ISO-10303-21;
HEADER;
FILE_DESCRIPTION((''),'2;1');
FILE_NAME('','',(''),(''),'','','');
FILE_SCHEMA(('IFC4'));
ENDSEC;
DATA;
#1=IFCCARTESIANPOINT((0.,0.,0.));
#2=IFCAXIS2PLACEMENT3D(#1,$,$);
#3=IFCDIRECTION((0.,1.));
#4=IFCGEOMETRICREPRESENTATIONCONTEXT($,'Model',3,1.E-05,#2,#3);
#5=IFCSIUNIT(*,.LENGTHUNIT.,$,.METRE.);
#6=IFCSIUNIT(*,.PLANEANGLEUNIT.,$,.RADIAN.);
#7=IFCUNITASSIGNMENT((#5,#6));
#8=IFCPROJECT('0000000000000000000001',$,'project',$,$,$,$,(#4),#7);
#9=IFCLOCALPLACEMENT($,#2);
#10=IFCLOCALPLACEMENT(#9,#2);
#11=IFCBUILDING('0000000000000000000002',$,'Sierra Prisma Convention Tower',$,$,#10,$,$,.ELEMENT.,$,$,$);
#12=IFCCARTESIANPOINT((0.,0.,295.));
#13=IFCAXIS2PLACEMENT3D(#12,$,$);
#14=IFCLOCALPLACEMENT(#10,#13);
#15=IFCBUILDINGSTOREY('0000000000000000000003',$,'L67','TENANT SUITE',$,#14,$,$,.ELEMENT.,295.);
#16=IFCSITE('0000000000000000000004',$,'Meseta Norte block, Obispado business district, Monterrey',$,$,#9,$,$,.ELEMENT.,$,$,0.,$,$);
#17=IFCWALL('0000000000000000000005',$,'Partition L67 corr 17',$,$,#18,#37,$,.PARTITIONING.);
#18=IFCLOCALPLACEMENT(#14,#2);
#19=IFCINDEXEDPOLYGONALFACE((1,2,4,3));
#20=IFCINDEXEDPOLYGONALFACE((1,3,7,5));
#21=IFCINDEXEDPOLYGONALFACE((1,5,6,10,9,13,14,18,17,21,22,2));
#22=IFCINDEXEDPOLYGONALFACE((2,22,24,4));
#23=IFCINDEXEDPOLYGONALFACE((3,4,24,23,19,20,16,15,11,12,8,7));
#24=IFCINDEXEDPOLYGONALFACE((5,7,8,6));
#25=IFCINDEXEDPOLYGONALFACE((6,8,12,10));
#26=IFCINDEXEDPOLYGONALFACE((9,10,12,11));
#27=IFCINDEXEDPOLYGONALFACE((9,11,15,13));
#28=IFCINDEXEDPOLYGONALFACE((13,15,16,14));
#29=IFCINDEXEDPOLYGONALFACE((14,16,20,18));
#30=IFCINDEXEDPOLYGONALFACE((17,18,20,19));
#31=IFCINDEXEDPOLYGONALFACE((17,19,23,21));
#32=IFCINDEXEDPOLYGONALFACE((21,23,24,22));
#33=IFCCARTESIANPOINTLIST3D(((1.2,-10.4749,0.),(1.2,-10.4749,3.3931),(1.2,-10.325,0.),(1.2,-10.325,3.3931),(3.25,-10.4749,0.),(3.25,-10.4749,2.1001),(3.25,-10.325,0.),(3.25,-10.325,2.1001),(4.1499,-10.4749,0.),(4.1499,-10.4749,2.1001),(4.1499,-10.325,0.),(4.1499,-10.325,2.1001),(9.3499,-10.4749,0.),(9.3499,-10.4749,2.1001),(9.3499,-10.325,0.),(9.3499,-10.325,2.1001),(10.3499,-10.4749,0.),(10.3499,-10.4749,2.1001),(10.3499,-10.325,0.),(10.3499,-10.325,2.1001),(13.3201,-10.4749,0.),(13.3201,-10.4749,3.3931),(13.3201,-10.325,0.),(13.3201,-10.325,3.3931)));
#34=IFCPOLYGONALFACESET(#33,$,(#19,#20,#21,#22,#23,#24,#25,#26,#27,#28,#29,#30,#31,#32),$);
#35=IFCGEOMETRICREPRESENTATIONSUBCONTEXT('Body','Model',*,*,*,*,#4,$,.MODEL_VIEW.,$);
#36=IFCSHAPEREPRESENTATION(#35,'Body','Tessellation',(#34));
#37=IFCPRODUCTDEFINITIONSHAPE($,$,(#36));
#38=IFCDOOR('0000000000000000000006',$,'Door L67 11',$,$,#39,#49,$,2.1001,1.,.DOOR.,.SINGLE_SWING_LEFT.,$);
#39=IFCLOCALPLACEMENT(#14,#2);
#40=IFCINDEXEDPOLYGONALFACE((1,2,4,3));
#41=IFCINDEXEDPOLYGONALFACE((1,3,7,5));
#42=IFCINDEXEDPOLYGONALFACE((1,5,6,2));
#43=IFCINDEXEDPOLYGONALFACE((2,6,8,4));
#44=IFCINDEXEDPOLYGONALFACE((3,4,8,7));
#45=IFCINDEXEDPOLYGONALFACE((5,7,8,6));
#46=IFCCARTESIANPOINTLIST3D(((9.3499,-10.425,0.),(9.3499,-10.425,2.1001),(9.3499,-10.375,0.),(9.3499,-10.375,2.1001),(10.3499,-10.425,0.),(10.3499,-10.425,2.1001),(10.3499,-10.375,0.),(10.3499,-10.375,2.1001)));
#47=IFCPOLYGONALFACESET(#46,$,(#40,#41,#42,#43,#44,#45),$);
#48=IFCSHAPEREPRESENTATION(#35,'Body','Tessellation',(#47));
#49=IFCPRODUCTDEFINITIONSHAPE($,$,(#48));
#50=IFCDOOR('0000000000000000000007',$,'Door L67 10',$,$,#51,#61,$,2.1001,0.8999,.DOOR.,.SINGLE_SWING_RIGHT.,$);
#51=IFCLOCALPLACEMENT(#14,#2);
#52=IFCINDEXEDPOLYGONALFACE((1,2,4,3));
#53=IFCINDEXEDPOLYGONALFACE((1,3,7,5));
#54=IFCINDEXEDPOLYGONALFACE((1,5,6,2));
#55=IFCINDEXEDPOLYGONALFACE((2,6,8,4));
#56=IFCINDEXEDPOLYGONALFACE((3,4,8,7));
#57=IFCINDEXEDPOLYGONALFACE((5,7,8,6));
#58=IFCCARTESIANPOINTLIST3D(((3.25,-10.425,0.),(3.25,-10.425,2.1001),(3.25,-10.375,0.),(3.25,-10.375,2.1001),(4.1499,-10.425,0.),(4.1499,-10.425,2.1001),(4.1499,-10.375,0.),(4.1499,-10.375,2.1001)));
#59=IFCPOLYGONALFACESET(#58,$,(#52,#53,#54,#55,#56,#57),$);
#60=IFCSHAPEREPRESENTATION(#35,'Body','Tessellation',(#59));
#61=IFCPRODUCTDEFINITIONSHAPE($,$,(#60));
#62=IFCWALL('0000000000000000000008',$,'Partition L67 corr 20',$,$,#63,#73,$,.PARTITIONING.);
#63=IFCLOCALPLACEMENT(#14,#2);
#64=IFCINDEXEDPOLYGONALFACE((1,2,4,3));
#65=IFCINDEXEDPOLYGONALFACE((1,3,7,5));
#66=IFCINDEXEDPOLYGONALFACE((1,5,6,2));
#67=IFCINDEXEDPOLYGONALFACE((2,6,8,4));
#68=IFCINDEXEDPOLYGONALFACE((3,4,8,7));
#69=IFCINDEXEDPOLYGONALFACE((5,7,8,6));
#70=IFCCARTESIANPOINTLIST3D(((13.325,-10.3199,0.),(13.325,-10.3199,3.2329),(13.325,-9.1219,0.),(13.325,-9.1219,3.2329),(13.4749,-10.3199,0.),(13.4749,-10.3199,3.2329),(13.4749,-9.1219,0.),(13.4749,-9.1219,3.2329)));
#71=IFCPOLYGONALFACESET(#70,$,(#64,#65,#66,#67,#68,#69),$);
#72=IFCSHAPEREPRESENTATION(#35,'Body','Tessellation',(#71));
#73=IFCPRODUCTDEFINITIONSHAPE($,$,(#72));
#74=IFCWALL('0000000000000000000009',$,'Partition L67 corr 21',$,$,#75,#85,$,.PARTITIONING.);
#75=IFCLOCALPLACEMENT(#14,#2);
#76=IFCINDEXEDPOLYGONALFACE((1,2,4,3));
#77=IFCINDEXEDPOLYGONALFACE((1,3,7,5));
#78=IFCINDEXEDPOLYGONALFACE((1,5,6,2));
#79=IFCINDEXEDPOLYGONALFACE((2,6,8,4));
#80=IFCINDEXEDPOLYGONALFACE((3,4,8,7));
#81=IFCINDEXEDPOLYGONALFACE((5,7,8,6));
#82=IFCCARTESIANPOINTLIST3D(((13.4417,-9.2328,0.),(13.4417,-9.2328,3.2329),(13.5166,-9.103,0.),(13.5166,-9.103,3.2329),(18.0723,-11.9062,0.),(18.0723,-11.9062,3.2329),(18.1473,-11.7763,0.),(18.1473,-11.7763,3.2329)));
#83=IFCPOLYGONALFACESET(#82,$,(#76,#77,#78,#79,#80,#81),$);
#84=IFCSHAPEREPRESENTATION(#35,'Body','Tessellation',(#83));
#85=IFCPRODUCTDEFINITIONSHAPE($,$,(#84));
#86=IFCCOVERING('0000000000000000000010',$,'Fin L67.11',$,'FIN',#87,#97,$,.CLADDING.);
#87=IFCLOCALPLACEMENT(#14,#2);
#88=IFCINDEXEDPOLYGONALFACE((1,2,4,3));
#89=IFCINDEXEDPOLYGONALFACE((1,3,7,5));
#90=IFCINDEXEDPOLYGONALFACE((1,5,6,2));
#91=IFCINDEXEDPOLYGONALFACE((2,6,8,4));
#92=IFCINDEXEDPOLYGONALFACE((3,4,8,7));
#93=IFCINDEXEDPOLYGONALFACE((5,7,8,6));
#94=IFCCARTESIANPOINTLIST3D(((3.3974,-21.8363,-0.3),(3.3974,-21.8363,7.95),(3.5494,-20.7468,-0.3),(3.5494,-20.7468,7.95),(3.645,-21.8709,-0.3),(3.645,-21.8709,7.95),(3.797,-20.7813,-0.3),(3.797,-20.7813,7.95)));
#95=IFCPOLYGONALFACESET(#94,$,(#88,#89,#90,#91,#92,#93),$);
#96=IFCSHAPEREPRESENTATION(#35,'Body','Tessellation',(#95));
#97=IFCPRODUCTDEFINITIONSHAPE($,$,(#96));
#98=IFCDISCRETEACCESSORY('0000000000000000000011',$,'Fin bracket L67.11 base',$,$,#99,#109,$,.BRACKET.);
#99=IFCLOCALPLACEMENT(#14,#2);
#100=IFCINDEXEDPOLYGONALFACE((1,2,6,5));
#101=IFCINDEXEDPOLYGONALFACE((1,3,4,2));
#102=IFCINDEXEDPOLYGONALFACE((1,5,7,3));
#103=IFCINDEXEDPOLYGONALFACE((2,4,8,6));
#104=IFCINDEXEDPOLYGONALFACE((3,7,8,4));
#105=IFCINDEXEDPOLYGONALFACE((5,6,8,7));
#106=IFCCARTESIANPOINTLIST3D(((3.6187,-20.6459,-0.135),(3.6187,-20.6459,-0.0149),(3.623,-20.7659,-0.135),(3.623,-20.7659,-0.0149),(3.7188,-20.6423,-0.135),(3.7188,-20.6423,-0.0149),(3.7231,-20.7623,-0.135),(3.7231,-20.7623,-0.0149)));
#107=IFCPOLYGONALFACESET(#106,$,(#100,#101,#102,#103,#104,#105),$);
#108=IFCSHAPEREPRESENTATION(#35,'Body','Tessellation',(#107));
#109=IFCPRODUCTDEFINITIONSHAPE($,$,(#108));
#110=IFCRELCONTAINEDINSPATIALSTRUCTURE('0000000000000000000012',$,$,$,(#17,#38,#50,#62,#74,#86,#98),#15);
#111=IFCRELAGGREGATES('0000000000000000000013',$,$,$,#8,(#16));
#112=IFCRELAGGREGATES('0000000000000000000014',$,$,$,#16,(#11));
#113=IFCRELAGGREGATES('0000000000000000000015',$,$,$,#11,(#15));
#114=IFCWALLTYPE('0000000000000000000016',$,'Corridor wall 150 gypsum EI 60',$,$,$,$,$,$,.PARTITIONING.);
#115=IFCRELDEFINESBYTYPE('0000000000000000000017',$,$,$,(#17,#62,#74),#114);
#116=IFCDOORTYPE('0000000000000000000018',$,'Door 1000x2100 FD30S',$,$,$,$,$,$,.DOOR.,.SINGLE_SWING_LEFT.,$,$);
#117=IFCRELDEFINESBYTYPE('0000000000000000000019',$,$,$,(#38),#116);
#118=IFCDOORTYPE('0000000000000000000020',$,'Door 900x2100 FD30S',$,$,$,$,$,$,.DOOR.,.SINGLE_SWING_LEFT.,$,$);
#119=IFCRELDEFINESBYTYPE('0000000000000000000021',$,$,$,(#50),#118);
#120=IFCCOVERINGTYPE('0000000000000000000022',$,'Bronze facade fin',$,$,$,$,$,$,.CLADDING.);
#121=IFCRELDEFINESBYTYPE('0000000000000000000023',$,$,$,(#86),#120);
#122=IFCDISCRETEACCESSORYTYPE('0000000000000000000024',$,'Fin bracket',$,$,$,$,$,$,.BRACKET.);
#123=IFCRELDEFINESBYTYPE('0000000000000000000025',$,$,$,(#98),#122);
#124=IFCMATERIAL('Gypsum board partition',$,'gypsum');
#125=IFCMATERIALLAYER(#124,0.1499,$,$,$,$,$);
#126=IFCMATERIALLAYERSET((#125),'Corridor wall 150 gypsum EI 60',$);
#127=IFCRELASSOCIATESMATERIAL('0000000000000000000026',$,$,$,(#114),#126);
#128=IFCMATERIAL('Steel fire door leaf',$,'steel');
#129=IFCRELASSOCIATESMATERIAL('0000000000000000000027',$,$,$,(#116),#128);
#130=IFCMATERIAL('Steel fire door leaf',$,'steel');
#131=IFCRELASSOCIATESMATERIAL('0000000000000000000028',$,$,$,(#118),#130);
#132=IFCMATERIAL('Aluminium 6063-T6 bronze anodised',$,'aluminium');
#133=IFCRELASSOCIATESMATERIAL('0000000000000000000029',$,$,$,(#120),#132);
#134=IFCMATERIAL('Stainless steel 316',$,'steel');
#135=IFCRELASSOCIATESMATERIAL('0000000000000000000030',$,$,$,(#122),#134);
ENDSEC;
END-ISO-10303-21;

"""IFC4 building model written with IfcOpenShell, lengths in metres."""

from ifc_helpers import new_model, si_unit, direction, frame, frame_2d, origin, origin_2d, place, context, subcontext, project, spatial, rectangle, extrude, material, layer, layer_set, material_profile, profile_set, type_object, element, fill, save


model = new_model("IFC4")

# Units and contexts
model_context = context("Model", 3, precision=1e-05, world=origin(), true_north=direction((0.0, 1.0)))
body_context = subcontext(model_context, "Body", "Model", "MODEL_VIEW")
ifc_project = project(units=[si_unit("LENGTHUNIT", "METRE"), si_unit("PLANEANGLEUNIT", "RADIAN")], contexts=[model_context])

# Site, building, storey
site_placement = place(None, origin())
site = spatial("IfcSite", under=ifc_project, at=site_placement, Name="Meseta Norte block, Obispado business district, Monterrey", CompositionType="ELEMENT", RefElevation=0.0)
building_placement = place(site_placement, origin())
building = spatial("IfcBuilding", under=site, at=building_placement, Name="Sierra Prisma Convention Tower", CompositionType="ELEMENT")
storey_placement = place(building_placement, frame((0.0, 0.0, 295.0)))
storey = spatial("IfcBuildingStorey", under=building, at=storey_placement, Name="L67", Description="TENANT SUITE", CompositionType="ELEMENT", Elevation=295.0)

# Shared definitions
ifc_material_1 = material(Name="Gypsum board partition", Category="gypsum")
ifc_layer_1 = layer(ifc_material_1, 0.1499)
ifc_layer_set_1 = layer_set([ifc_layer_1], Name="Corridor wall 150 gypsum EI 60")
wall_type_1 = type_object("IfcWallType", Name="Corridor wall 150 gypsum EI 60", PredefinedType="PARTITIONING", material=ifc_layer_set_1)

# Wall, openings, doors
wall_1_placement = place(storey_placement, frame((1.2, -10.3999, 0.0), z_axis=(0.0, 0.0, 1.0), x_axis=(1.0, 0.0, 0.0)))
wall_1 = element("IfcWall", 1, at=wall_1_placement, inside=storey, type_object=wall_type_1, Name="Partition L67 corr 17", PredefinedType="PARTITIONING", context=body_context, shape_type="SweptSolid", body=[
    extrude(rectangle(XDim=12.1201, YDim=0.1499, at=frame_2d((6.0601, 0.0))), origin(), (0.0, 0.0, 1.0), 3.3931),
])
opening_1_placement = place(wall_1_placement, frame((2.05, 0.0, 0.0)))
opening_1 = element("IfcOpeningElement", 2, at=opening_1_placement, cuts=wall_1, PredefinedType="OPENING", context=body_context, shape_type="SweptSolid", body=[
    extrude(rectangle(XDim=0.8999, YDim=2.1001, at=frame_2d((0.45, 1.05))), frame((0.0, 0.075, 0.0), z_axis=(0.0, -1.0, 0.0), x_axis=(1.0, 0.0, 0.0)), (0.0, 0.0, 1.0), 0.1499),
])
opening_2_placement = place(wall_1_placement, frame((8.1499, 0.0, 0.0)))
opening_2 = element("IfcOpeningElement", 3, at=opening_2_placement, cuts=wall_1, PredefinedType="OPENING", context=body_context, shape_type="SweptSolid", body=[
    extrude(rectangle(XDim=1.0, YDim=2.1001, at=frame_2d((0.5, 1.05))), frame((0.0, 0.075, 0.0), z_axis=(0.0, -1.0, 0.0), x_axis=(1.0, 0.0, 0.0)), (0.0, 0.0, 1.0), 0.1499),
])
ifc_material_2 = material(Name="Steel fire door leaf", Category="steel")
door_type_1 = type_object("IfcDoorType", Name="Door 1000x2100 FD30S", OperationType="SINGLE_SWING_LEFT", PredefinedType="DOOR", material=ifc_material_2)
door_1_placement = place(opening_2_placement, origin())
door_1 = element("IfcDoor", 4, at=door_1_placement, inside=storey, type_object=door_type_1, Name="Door L67 11", OperationType="SINGLE_SWING_LEFT", OverallHeight=2.1001, OverallWidth=1.0, PredefinedType="DOOR", context=body_context, shape_type="SweptSolid", body=[
    extrude(rectangle(XDim=1.0, YDim=2.1001, at=frame_2d((0.5, 1.05))), frame((0.0, 0.0249, 0.0), z_axis=(0.0, -1.0, 0.0), x_axis=(1.0, 0.0, 0.0)), (0.0, 0.0, 1.0), 0.05),
])
fill(opening_2, door_1)
ifc_material_3 = material(Name="Steel fire door leaf", Category="steel")
door_type_2 = type_object("IfcDoorType", Name="Door 900x2100 FD30S", OperationType="SINGLE_SWING_LEFT", PredefinedType="DOOR", material=ifc_material_3)
door_2_placement = place(opening_1_placement, origin())
door_2 = element("IfcDoor", 5, at=door_2_placement, inside=storey, type_object=door_type_2, Name="Door L67 10", OperationType="SINGLE_SWING_RIGHT", OverallHeight=2.1001, OverallWidth=0.8999, PredefinedType="DOOR", context=body_context, shape_type="SweptSolid", body=[
    extrude(rectangle(XDim=0.8999, YDim=2.1001, at=frame_2d((0.45, 1.05))), frame((0.0, 0.0249, 0.0), z_axis=(0.0, -1.0, 0.0), x_axis=(1.0, 0.0, 0.0)), (0.0, 0.0, 1.0), 0.05),
])
fill(opening_1, door_2)

# Walls
wall_2_placement = place(storey_placement, frame((13.3999, -10.3201, 0.0), z_axis=(0.0, 0.0, 1.0), x_axis=(0.0, 1.0, 0.0)))
element("IfcWall", 6, at=wall_2_placement, inside=storey, type_object=wall_type_1, Name="Partition L67 corr 20", PredefinedType="PARTITIONING", context=body_context, shape_type="SweptSolid", body=[
    extrude(rectangle(XDim=1.198, YDim=0.1499, at=frame_2d((0.5991, 0.0))), origin(), (0.0, 0.0, 1.0), 3.2329),
])
wall_3_placement = place(storey_placement, frame((13.4792, -9.168, 0.0), z_axis=(0.0, 0.0, 1.0), x_axis=(0.866037, -0.499979, 0.0)))
element("IfcWall", 7, at=wall_3_placement, inside=storey, type_object=wall_type_1, Name="Partition L67 corr 21", PredefinedType="PARTITIONING", context=body_context, shape_type="SweptSolid", body=[
    extrude(rectangle(XDim=5.3469, YDim=0.1499, at=frame_2d((2.6733, 0.0))), origin(), (0.0, 0.0, 1.0), 3.2329),
])

# Covering
ifc_material_4 = material(Name="Aluminium 6063-T6 bronze anodised", Category="aluminium")
ifc_material_profile_1 = material_profile(ifc_material_4, rectangle(XDim=1.1001, YDim=0.25, at=origin_2d()), Name="ALU FIN 1100x250")
ifc_profile_set_1 = profile_set([ifc_material_profile_1], Name="Aluminium 6063-T6 bronze anodised")
covering_type = type_object("IfcCoveringType", Name="Bronze facade fin", PredefinedType="CLADDING", material=ifc_profile_set_1)
covering_placement = place(storey_placement, frame((3.5972, -21.3088, -0.3), z_axis=(0.0, 0.0, 1.0), x_axis=(-0.138157, -0.99041, 0.0)))
element("IfcCovering", 8, at=covering_placement, inside=storey, type_object=covering_type, Name="Fin L67.11", ObjectType="FIN", PredefinedType="CLADDING", context=body_context, shape_type="SweptSolid", body=[
    extrude(rectangle(XDim=1.1001, YDim=0.25, at=origin_2d()), origin(), (0.0, 0.0, 1.0), 8.25),
])

# Discrete accessory
ifc_material_5 = material(Name="Stainless steel 316", Category="steel")
discrete_accessory_type = type_object("IfcDiscreteAccessoryType", Name="Fin bracket", PredefinedType="BRACKET", material=ifc_material_5)
discrete_accessory_placement = place(storey_placement, frame((3.6709, -20.7041, -0.135), z_axis=(0.0, 0.0, 1.0), x_axis=(0.035925, -0.999355, 0.0)))
element("IfcDiscreteAccessory", 9, at=discrete_accessory_placement, inside=storey, type_object=discrete_accessory_type, Name="Fin bracket L67.11 base", PredefinedType="BRACKET", context=body_context, shape_type="SweptSolid", body=[
    extrude(rectangle(XDim=0.1201, YDim=0.1001, at=origin_2d()), origin(), (0.0, 0.0, 1.0), 0.1201),
])

save(model, "model.ifc")
